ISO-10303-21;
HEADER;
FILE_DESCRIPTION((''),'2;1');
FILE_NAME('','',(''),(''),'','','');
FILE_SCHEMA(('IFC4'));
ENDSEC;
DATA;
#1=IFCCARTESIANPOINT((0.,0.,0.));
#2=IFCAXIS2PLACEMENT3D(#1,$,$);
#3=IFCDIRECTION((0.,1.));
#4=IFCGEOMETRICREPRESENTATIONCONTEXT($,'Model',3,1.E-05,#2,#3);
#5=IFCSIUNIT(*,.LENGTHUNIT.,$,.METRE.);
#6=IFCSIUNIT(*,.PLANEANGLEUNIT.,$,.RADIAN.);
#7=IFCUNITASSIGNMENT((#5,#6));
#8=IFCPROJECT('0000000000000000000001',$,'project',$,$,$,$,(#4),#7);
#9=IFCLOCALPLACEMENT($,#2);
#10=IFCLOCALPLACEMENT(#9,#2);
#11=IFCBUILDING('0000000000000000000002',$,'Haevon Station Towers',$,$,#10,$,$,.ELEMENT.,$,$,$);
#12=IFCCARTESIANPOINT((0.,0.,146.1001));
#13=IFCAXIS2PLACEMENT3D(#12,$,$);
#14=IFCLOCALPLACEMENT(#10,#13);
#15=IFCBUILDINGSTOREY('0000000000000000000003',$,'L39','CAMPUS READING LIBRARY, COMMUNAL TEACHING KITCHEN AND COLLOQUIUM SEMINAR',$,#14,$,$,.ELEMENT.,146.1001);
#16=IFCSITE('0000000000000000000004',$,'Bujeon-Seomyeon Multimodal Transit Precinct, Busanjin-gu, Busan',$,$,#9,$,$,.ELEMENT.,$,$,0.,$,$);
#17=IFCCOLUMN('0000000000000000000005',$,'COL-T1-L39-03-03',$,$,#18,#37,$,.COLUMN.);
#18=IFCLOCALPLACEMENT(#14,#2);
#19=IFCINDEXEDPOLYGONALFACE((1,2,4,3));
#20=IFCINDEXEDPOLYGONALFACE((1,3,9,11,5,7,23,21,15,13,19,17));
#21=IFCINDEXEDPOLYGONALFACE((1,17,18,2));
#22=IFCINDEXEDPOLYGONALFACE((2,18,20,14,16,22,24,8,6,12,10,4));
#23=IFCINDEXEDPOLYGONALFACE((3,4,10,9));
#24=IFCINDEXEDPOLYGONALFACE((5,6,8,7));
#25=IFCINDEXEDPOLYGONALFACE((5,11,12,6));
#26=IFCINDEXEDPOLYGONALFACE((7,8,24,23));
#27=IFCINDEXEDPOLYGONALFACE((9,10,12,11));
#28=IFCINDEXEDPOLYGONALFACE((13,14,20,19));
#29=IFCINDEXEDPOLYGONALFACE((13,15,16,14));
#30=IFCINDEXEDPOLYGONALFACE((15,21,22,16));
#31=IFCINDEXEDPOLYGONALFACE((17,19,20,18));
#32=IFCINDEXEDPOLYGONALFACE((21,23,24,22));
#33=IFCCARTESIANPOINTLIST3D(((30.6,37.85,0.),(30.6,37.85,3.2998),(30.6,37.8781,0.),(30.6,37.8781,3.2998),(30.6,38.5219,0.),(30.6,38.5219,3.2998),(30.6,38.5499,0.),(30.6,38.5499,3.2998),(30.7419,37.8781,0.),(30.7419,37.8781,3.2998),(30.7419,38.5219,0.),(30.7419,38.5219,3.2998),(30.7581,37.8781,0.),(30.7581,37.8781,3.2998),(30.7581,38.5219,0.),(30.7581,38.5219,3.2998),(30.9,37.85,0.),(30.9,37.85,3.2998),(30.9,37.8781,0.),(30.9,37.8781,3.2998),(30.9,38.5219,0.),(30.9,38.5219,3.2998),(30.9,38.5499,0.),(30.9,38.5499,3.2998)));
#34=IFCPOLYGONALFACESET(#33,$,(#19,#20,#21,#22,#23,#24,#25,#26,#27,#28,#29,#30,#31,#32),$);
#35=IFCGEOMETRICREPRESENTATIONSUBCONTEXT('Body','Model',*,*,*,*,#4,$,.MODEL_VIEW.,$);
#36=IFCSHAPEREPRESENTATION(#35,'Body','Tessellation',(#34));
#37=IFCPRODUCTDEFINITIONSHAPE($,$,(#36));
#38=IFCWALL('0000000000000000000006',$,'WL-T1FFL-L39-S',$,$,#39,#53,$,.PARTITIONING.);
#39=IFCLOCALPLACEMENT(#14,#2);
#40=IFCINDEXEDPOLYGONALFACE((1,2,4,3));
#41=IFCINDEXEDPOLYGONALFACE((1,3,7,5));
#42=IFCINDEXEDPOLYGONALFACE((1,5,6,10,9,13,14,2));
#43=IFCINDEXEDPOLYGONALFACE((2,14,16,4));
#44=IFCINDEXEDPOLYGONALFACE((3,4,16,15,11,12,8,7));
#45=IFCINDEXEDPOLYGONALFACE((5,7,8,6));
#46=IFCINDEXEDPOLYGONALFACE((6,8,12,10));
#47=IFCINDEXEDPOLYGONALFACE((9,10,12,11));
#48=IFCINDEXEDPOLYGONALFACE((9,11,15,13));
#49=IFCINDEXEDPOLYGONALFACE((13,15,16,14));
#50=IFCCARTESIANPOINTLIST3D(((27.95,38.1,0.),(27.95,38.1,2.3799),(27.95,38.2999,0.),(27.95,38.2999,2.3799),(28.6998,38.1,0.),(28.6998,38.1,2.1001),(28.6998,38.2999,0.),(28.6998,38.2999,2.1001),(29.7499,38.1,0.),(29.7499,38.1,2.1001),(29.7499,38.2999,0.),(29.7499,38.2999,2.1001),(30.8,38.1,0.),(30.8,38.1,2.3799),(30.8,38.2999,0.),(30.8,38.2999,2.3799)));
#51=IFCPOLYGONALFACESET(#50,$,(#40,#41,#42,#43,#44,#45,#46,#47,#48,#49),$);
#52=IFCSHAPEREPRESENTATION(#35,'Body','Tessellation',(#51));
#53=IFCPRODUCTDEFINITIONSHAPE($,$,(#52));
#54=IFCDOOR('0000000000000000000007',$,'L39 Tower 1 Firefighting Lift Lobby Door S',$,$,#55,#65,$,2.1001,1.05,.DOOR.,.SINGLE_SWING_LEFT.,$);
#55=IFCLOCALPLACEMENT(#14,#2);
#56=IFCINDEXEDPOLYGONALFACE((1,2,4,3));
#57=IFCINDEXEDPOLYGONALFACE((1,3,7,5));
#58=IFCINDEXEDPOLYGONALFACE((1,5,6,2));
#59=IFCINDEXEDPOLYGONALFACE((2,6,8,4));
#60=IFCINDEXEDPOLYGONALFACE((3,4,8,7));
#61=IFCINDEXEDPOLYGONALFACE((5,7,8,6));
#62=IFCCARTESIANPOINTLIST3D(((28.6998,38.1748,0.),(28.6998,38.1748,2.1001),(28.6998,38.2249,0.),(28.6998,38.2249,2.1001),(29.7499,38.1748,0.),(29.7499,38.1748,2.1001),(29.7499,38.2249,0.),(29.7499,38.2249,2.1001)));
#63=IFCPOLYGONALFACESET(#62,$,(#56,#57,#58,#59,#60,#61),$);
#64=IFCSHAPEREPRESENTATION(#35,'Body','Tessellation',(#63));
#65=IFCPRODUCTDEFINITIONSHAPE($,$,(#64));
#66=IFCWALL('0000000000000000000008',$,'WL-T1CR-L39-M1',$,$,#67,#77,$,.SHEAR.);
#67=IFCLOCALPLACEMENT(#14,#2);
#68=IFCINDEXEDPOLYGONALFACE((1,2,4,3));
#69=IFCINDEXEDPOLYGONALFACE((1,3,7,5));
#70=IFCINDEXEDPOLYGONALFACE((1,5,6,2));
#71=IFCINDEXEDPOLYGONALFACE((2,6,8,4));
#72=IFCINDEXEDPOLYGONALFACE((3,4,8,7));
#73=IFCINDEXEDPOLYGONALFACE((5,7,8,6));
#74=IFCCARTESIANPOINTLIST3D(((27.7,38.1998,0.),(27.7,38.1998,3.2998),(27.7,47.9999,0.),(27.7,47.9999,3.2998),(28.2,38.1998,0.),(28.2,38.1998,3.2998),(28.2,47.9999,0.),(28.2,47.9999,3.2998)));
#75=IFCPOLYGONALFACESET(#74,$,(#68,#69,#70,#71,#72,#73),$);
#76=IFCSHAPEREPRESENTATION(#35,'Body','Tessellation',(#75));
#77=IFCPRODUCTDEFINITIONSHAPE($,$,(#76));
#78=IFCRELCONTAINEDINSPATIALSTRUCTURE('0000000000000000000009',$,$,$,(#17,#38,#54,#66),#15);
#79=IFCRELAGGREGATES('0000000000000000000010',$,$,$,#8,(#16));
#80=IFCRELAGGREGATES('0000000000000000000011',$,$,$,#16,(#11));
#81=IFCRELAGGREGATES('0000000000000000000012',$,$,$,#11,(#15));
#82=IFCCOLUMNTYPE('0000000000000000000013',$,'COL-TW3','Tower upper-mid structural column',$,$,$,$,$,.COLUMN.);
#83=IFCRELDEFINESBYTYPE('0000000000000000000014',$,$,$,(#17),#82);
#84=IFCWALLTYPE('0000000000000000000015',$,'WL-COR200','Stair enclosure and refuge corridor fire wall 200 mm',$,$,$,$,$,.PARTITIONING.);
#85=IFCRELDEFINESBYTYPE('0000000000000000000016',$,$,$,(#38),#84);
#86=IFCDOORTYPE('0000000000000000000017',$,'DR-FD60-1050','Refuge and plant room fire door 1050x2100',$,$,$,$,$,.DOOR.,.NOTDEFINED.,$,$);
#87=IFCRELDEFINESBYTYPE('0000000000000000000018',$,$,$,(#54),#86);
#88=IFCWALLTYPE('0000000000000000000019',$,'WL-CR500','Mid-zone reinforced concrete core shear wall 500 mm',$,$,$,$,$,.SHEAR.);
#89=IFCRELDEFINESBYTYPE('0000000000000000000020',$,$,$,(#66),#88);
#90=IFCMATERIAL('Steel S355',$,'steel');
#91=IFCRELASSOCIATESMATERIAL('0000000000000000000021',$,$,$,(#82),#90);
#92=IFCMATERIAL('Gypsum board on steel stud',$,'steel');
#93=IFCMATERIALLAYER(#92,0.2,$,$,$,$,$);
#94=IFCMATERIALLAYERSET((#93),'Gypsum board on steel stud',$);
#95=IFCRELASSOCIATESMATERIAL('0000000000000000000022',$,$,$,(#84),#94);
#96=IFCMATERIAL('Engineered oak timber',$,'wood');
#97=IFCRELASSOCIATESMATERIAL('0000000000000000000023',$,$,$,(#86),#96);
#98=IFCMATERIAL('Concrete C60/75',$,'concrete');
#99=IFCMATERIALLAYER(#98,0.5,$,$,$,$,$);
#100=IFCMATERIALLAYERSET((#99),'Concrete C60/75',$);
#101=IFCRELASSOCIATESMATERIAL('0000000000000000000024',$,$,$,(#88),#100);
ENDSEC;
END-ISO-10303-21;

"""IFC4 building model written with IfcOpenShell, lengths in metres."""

from ifc_helpers import new_model, si_unit, direction, frame, frame_2d, origin, origin_2d, place, context, subcontext, project, spatial, rectangle, i_section, extrude, material, layer, layer_set, material_profile, profile_set, type_object, element, fill, save


model = new_model("IFC4")

# Units and contexts
model_context = context("Model", 3, precision=1e-05, world=origin(), true_north=direction((0.0, 1.0)))
body_context = subcontext(model_context, "Body", "Model", "MODEL_VIEW")
ifc_project = project(units=[si_unit("LENGTHUNIT", "METRE"), si_unit("PLANEANGLEUNIT", "RADIAN")], contexts=[model_context])

# Site, building, storey
site_placement = place(None, origin())
site = spatial("IfcSite", under=ifc_project, at=site_placement, Name="Bujeon-Seomyeon Multimodal Transit Precinct, Busanjin-gu, Busan", CompositionType="ELEMENT", RefElevation=0.0)
building_placement = place(site_placement, origin())
building = spatial("IfcBuilding", under=site, at=building_placement, Name="Haevon Station Towers", CompositionType="ELEMENT")
storey_placement = place(building_placement, frame((0.0, 0.0, 146.1001)))
storey = spatial("IfcBuildingStorey", under=building, at=storey_placement, Name="L39", Description="CAMPUS READING LIBRARY, COMMUNAL TEACHING KITCHEN AND COLLOQUIUM SEMINAR", CompositionType="ELEMENT", Elevation=146.1001)

# Column
ifc_material_1 = material(Name="Steel S355", Category="steel")
ifc_material_profile = material_profile(ifc_material_1, i_section(OverallWidth=0.3, OverallDepth=0.7, WebThickness=0.0161, FlangeThickness=0.0281, at=origin_2d()), Name="H-700x300x16x28")
ifc_profile_set = profile_set([ifc_material_profile], Name="Steel S355")
column_type = type_object("IfcColumnType", Name="COL-TW3", Description="Tower upper-mid structural column", PredefinedType="COLUMN", material=ifc_profile_set)
column_placement = place(storey_placement, frame((30.75, 38.2, 0.0), z_axis=(0.0, 0.0, 1.0), x_axis=(1.0, 0.0, 0.0)))
element("IfcColumn", 1, at=column_placement, inside=storey, type_object=column_type, Name="COL-T1-L39-03-03", PredefinedType="COLUMN", context=body_context, shape_type="SweptSolid", body=[
    extrude(i_section(OverallWidth=0.3, OverallDepth=0.7, WebThickness=0.0161, FlangeThickness=0.0281, at=origin_2d()), origin(), (0.0, 0.0, 1.0), 3.2998),
])

# Wall, opening, door
ifc_material_2 = material(Name="Gypsum board on steel stud", Category="steel")
ifc_layer_1 = layer(ifc_material_2, 0.2)
ifc_layer_set_1 = layer_set([ifc_layer_1], Name="Gypsum board on steel stud")
wall_type_1 = type_object("IfcWallType", Name="WL-COR200", Description="Stair enclosure and refuge corridor fire wall 200 mm", PredefinedType="PARTITIONING", material=ifc_layer_set_1)
wall_1_placement = place(storey_placement, frame((27.95, 38.2, 0.0), z_axis=(0.0, 0.0, 1.0), x_axis=(1.0, 0.0, 0.0)))
wall_1 = element("IfcWall", 2, at=wall_1_placement, inside=storey, type_object=wall_type_1, Name="WL-T1FFL-L39-S", PredefinedType="PARTITIONING", context=body_context, shape_type="SweptSolid", body=[
    extrude(rectangle(XDim=2.8501, YDim=0.2, at=frame_2d((1.425, 0.0))), origin(), (0.0, 0.0, 1.0), 2.3799),
])
opening_1_placement = place(wall_1_placement, frame((0.75, 0.0, 0.0)))
opening_1 = element("IfcOpeningElement", 3, at=opening_1_placement, cuts=wall_1, PredefinedType="OPENING", context=body_context, shape_type="SweptSolid", body=[
    extrude(rectangle(XDim=1.05, YDim=2.1001, at=frame_2d((0.5249, 1.05))), frame((0.0, 0.1099, 0.0), z_axis=(0.0, -1.0, 0.0), x_axis=(1.0, 0.0, 0.0)), (0.0, 0.0, 1.0), 0.22),
])
ifc_material_3 = material(Name="Engineered oak timber", Category="wood")
door_type_1 = type_object("IfcDoorType", Name="DR-FD60-1050", Description="Refuge and plant room fire door 1050x2100", OperationType="NOTDEFINED", PredefinedType="DOOR", material=ifc_material_3)
door_1_placement = place(opening_1_placement, origin())
door_1 = element("IfcDoor", 4, at=door_1_placement, inside=storey, type_object=door_type_1, Name="L39 Tower 1 Firefighting Lift Lobby Door S", OperationType="SINGLE_SWING_LEFT", OverallHeight=2.1001, OverallWidth=1.05, PredefinedType="DOOR", context=body_context, shape_type="SweptSolid", body=[
    extrude(rectangle(XDim=1.05, YDim=2.1001, at=frame_2d((0.5249, 1.05))), frame((0.0, 0.0249, 0.0), z_axis=(0.0, -1.0, 0.0), x_axis=(1.0, 0.0, 0.0)), (0.0, 0.0, 1.0), 0.05),
])
fill(opening_1, door_1)

# Wall
ifc_material_4 = material(Name="Concrete C60/75", Category="concrete")
ifc_layer_2 = layer(ifc_material_4, 0.5)
ifc_layer_set_2 = layer_set([ifc_layer_2], Name="Concrete C60/75")
wall_type_2 = type_object("IfcWallType", Name="WL-CR500", Description="Mid-zone reinforced concrete core shear wall 500 mm", PredefinedType="SHEAR", material=ifc_layer_set_2)
wall_2_placement = place(storey_placement, frame((27.95, 38.2, 0.0), z_axis=(0.0, 0.0, 1.0), x_axis=(0.0, 1.0, 0.0)))
element("IfcWall", 5, at=wall_2_placement, inside=storey, type_object=wall_type_2, Name="WL-T1CR-L39-M1", PredefinedType="SHEAR", context=body_context, shape_type="SweptSolid", body=[
    extrude(rectangle(XDim=9.8, YDim=0.5, at=frame_2d((4.8999, 0.0))), origin(), (0.0, 0.0, 1.0), 3.2998),
])

save(model, "model.ifc")
